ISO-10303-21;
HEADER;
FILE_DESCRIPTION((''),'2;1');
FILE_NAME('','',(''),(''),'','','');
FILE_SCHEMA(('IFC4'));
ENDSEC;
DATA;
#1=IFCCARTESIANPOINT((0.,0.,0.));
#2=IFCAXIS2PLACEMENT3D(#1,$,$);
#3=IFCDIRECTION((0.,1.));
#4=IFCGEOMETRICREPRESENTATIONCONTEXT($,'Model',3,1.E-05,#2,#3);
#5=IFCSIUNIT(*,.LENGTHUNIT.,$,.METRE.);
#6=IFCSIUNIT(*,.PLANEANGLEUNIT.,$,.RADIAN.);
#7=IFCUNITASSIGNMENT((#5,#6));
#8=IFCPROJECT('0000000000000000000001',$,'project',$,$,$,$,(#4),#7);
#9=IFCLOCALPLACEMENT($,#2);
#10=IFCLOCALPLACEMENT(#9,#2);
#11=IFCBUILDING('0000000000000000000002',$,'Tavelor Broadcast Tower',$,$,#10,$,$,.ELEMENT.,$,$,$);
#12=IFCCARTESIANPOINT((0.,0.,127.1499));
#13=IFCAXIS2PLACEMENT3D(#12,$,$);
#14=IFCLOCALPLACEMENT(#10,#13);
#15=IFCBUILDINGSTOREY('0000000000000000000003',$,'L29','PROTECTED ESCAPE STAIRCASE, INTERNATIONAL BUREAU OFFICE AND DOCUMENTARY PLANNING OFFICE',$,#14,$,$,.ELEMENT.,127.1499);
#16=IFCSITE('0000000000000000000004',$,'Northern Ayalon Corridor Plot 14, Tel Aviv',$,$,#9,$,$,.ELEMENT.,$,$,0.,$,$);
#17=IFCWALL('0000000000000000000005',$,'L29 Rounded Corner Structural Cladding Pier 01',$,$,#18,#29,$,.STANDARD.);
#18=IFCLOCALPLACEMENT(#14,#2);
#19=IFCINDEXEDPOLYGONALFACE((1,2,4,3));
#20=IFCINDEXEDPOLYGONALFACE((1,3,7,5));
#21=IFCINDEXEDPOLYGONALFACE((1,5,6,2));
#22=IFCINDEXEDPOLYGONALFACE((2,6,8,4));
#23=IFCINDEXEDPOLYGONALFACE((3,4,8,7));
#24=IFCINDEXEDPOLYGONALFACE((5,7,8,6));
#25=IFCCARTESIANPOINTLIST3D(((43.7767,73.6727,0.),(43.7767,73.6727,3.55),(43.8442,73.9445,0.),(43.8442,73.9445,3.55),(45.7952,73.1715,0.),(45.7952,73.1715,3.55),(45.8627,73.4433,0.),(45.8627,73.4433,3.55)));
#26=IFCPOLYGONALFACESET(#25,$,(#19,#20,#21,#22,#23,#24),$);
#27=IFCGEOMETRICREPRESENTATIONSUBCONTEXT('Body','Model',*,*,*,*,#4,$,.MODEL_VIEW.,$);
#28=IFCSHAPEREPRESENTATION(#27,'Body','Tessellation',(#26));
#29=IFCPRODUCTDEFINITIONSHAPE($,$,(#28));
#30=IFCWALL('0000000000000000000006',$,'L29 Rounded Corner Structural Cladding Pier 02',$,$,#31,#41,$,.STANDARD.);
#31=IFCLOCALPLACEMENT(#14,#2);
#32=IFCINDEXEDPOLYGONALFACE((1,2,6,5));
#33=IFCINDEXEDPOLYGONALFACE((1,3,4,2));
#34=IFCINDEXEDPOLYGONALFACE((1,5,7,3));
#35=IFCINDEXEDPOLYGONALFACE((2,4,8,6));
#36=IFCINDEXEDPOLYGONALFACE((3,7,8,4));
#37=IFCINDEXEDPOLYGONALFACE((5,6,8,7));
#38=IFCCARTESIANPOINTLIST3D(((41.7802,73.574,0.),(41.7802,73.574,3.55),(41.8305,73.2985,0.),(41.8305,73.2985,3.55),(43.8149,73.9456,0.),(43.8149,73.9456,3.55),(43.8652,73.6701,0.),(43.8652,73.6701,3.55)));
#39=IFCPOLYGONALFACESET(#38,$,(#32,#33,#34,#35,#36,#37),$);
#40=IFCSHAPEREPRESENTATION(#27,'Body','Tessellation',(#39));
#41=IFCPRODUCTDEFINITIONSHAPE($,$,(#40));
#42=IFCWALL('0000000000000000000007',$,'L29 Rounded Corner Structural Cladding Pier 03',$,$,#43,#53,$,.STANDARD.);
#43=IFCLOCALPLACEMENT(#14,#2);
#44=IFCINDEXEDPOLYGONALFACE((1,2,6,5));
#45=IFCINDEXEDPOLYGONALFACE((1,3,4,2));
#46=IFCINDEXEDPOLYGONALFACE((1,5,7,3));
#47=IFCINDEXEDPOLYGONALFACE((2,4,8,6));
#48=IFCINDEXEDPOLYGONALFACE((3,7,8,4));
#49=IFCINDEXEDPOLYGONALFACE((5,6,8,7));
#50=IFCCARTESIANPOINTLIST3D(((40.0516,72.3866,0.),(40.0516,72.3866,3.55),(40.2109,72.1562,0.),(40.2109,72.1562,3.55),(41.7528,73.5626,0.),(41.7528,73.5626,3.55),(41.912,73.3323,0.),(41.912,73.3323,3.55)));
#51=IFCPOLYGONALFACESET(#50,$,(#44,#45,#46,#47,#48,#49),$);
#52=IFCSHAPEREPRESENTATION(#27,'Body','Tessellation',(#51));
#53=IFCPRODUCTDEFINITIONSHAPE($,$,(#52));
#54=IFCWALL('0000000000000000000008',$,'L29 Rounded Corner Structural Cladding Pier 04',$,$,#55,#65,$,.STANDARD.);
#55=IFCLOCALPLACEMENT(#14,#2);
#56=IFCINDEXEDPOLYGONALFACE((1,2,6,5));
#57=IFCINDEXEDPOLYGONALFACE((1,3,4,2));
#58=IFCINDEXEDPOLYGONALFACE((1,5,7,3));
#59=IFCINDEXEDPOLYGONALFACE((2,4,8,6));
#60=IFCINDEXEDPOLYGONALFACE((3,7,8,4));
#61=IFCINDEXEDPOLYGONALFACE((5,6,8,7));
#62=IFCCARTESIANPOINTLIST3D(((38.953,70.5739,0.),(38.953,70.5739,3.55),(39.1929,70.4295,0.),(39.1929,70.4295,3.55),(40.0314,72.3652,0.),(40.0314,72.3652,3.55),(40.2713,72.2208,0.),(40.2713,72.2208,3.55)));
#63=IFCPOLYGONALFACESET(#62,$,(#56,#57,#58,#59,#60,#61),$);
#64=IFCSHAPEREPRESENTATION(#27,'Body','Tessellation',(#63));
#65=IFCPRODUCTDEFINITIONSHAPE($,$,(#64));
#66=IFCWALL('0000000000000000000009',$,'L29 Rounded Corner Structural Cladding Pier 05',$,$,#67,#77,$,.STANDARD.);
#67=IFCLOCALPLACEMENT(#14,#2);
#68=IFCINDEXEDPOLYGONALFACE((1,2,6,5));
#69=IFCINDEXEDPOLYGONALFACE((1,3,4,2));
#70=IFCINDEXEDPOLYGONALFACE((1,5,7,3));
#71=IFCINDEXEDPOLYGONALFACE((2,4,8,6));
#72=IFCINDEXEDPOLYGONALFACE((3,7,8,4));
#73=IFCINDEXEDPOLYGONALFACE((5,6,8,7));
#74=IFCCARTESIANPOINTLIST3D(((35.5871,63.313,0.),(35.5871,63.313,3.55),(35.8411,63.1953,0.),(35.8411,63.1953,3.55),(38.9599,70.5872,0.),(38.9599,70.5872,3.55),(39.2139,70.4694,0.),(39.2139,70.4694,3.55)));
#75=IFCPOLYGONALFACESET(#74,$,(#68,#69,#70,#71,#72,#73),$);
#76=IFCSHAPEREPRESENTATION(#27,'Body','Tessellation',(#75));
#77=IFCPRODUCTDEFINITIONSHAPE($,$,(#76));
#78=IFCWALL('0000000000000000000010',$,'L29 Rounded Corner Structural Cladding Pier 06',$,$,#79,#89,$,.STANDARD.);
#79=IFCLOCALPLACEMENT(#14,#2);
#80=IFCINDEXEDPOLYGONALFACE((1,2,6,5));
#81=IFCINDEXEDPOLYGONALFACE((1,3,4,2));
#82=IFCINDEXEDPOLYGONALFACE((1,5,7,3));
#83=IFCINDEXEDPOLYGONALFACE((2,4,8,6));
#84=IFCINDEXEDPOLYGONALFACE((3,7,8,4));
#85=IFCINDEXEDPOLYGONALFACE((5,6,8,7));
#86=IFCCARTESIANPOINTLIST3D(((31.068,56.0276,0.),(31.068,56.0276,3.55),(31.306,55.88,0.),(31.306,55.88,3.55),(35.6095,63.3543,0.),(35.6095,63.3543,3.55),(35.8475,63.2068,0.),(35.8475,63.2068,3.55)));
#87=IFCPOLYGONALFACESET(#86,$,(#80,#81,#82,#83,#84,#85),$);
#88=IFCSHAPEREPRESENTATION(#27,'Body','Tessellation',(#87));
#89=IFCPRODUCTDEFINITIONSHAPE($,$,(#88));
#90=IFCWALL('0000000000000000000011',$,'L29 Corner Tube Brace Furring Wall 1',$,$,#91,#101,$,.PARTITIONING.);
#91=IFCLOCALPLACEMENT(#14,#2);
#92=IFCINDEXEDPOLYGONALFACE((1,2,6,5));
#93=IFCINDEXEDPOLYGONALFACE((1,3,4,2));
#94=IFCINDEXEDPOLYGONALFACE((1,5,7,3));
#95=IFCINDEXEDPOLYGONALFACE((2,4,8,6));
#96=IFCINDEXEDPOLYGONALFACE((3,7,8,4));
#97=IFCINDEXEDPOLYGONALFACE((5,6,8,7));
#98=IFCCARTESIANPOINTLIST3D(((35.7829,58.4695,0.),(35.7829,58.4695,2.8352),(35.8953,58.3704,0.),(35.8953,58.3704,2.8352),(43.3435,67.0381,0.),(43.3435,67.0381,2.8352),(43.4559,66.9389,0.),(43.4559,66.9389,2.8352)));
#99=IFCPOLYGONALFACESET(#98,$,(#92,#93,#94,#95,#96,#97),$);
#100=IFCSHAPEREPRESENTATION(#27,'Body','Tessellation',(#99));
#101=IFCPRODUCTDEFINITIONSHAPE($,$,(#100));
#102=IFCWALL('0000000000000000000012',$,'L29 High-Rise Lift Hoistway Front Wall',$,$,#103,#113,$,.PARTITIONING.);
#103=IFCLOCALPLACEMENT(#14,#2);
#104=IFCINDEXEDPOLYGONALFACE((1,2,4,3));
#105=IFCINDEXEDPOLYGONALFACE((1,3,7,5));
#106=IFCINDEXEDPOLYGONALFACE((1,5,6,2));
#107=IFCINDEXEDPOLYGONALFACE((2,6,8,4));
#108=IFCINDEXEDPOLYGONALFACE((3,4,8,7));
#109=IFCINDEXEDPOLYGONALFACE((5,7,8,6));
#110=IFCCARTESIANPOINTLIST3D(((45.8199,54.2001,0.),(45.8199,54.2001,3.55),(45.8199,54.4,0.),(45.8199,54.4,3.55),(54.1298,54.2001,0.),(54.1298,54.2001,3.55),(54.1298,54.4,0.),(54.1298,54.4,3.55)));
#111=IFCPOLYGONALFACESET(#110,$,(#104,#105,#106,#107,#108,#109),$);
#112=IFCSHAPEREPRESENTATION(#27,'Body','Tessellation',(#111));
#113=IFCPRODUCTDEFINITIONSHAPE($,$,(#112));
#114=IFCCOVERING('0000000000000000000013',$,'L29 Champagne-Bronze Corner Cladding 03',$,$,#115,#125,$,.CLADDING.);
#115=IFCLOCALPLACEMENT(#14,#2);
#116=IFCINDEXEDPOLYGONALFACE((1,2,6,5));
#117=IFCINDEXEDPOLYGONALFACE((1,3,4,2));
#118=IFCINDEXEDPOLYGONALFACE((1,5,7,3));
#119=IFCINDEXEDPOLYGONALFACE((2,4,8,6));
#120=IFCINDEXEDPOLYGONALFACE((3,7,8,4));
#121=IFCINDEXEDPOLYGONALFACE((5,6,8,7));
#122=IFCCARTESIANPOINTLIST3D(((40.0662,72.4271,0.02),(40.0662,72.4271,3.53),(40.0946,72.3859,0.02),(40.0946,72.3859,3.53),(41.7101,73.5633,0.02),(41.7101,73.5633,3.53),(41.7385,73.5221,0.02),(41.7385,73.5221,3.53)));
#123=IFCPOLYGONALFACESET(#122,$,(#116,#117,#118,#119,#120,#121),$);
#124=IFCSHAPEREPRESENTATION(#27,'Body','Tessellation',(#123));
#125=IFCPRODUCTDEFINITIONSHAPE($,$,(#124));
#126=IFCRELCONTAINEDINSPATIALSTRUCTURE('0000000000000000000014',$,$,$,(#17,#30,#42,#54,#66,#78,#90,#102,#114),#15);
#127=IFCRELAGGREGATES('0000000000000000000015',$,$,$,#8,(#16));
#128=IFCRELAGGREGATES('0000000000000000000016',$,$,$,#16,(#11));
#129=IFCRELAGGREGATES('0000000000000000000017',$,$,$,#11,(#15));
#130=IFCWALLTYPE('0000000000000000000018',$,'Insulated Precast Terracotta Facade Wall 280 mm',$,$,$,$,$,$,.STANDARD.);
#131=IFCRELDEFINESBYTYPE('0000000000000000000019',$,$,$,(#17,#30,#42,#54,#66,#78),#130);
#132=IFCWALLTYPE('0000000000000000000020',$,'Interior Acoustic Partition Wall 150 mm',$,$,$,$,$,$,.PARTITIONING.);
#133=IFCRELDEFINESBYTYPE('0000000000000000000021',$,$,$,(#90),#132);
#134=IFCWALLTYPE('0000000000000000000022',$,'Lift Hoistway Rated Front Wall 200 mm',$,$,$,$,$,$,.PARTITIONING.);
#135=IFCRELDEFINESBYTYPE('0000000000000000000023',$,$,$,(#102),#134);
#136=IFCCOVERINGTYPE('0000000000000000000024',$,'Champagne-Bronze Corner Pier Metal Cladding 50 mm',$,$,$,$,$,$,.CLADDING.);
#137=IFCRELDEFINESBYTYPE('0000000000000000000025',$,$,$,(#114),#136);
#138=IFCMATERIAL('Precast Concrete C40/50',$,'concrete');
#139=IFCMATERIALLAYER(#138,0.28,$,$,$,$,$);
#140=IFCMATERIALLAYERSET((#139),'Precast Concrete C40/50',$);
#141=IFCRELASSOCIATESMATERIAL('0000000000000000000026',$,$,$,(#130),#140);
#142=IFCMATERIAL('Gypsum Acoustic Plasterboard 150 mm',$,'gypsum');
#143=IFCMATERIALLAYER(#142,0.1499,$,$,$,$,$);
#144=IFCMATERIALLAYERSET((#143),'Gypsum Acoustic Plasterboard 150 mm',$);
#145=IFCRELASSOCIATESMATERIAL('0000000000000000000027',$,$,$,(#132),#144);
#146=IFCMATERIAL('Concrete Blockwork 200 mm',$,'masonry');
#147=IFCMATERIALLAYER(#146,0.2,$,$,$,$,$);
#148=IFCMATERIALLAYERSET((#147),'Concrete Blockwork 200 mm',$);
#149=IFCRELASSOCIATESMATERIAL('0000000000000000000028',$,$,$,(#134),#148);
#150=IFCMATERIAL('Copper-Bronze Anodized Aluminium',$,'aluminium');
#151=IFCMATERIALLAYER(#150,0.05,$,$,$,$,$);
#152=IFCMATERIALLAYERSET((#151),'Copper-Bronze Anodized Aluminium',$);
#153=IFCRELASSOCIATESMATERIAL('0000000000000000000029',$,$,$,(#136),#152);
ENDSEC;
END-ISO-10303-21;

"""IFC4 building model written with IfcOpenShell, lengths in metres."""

from ifc_helpers import new_model, si_unit, direction, frame, frame_2d, origin, origin_2d, place, context, subcontext, project, spatial, rectangle, extrude, material, layer, layer_set, type_object, element, save


model = new_model("IFC4")

# Units and contexts
model_context = context("Model", 3, precision=1e-05, world=origin(), true_north=direction((0.0, 1.0)))
body_context = subcontext(model_context, "Body", "Model", "MODEL_VIEW")
ifc_project = project(units=[si_unit("LENGTHUNIT", "METRE"), si_unit("PLANEANGLEUNIT", "RADIAN")], contexts=[model_context])

# Site, building, storey
site_placement = place(None, origin())
site = spatial("IfcSite", under=ifc_project, at=site_placement, Name="Northern Ayalon Corridor Plot 14, Tel Aviv", CompositionType="ELEMENT", RefElevation=0.0)
building_placement = place(site_placement, origin())
building = spatial("IfcBuilding", under=site, at=building_placement, Name="Tavelor Broadcast Tower", CompositionType="ELEMENT")
storey_placement = place(building_placement, frame((0.0, 0.0, 127.1499)))
storey = spatial("IfcBuildingStorey", under=building, at=storey_placement, Name="L29", Description="PROTECTED ESCAPE STAIRCASE, INTERNATIONAL BUREAU OFFICE AND DOCUMENTARY PLANNING OFFICE", CompositionType="ELEMENT", Elevation=127.1499)

# Walls
ifc_material_1 = material(Name="Precast Concrete C40/50", Category="concrete")
ifc_layer_1 = layer(ifc_material_1, 0.28)
ifc_layer_set_1 = layer_set([ifc_layer_1], Name="Precast Concrete C40/50")
wall_type_1 = type_object("IfcWallType", Name="Insulated Precast Terracotta Facade Wall 280 mm", PredefinedType="STANDARD", material=ifc_layer_set_1)
wall_1_placement = place(storey_placement, frame((45.8291, 73.3074, 0.0), z_axis=(0.0, 0.0, 1.0), x_axis=(-0.970528, 0.240989, 0.0)))
element("IfcWall", 1, at=wall_1_placement, inside=storey, type_object=wall_type_1, Name="L29 Rounded Corner Structural Cladding Pier 01", PredefinedType="STANDARD", context=body_context, shape_type="SweptSolid", body=[
    extrude(rectangle(XDim=2.0798, YDim=0.28, at=frame_2d((1.04, 0.0))), origin(), (0.0, 0.0, 1.0), 3.55),
])
wall_2_placement = place(storey_placement, frame((43.8401, 73.8079, 0.0), z_axis=(0.0, 0.0, 1.0), x_axis=(-0.98373, -0.179654, 0.0)))
element("IfcWall", 2, at=wall_2_placement, inside=storey, type_object=wall_type_1, Name="L29 Rounded Corner Structural Cladding Pier 02", PredefinedType="STANDARD", context=body_context, shape_type="SweptSolid", body=[
    extrude(rectangle(XDim=2.0684, YDim=0.28, at=frame_2d((1.0342, 0.0))), origin(), (0.0, 0.0, 1.0), 3.55),
])
wall_3_placement = place(storey_placement, frame((41.8325, 73.4475, 0.0), z_axis=(0.0, 0.0, 1.0), x_axis=(-0.822579, -0.568651, 0.0)))
element("IfcWall", 3, at=wall_3_placement, inside=storey, type_object=wall_type_1, Name="L29 Rounded Corner Structural Cladding Pier 03", PredefinedType="STANDARD", context=body_context, shape_type="SweptSolid", body=[
    extrude(rectangle(XDim=2.0681, YDim=0.28, at=frame_2d((1.0342, 0.0))), origin(), (0.0, 0.0, 1.0), 3.55),
])
wall_4_placement = place(storey_placement, frame((40.1514, 72.293, 0.0), z_axis=(0.0, 0.0, 1.0), x_axis=(-0.515766, -0.85673, 0.0)))
element("IfcWall", 4, at=wall_4_placement, inside=storey, type_object=wall_type_1, Name="L29 Rounded Corner Structural Cladding Pier 04", PredefinedType="STANDARD", context=body_context, shape_type="SweptSolid", body=[
    extrude(rectangle(XDim=2.0908, YDim=0.28, at=frame_2d((1.0454, 0.0))), origin(), (0.0, 0.0, 1.0), 3.55),
])
wall_5_placement = place(storey_placement, frame((39.0869, 70.5283, 0.0), z_axis=(0.0, 0.0, 1.0), x_axis=(-0.420651, -0.907223, 0.0)))
element("IfcWall", 5, at=wall_5_placement, inside=storey, type_object=wall_type_1, Name="L29 Rounded Corner Structural Cladding Pier 05", PredefinedType="STANDARD", context=body_context, shape_type="SweptSolid", body=[
    extrude(rectangle(XDim=8.0181, YDim=0.28, at=frame_2d((4.009, 0.0))), origin(), (0.0, 0.0, 1.0), 3.55),
])
wall_6_placement = place(storey_placement, frame((35.7285, 63.2805, 0.0), z_axis=(0.0, 0.0, 1.0), x_axis=(-0.526854, -0.849956, 0.0)))
element("IfcWall", 6, at=wall_6_placement, inside=storey, type_object=wall_type_1, Name="L29 Rounded Corner Structural Cladding Pier 06", PredefinedType="STANDARD", context=body_context, shape_type="SweptSolid", body=[
    extrude(rectangle(XDim=8.6201, YDim=0.28, at=frame_2d((4.3101, 0.0))), origin(), (0.0, 0.0, 1.0), 3.55),
])
ifc_material_2 = material(Name="Gypsum Acoustic Plasterboard 150 mm", Category="gypsum")
ifc_layer_2 = layer(ifc_material_2, 0.1499)
ifc_layer_set_2 = layer_set([ifc_layer_2], Name="Gypsum Acoustic Plasterboard 150 mm")
wall_type_2 = type_object("IfcWallType", Name="Interior Acoustic Partition Wall 150 mm", PredefinedType="PARTITIONING", material=ifc_layer_set_2)
wall_7_placement = place(storey_placement, frame((43.3997, 66.9885, 0.0), z_axis=(0.0, 0.0, 1.0), x_axis=(-0.661622, -0.749837, 0.0)))
element("IfcWall", 7, at=wall_7_placement, inside=storey, type_object=wall_type_2, Name="L29 Corner Tube Brace Furring Wall 1", PredefinedType="PARTITIONING", context=body_context, shape_type="SweptSolid", body=[
    extrude(rectangle(XDim=11.4272, YDim=0.1499, at=frame_2d((5.7136, 0.0))), origin(), (0.0, 0.0, 1.0), 2.8352),
])
ifc_material_3 = material(Name="Concrete Blockwork 200 mm", Category="masonry")
ifc_layer_3 = layer(ifc_material_3, 0.2)
ifc_layer_set_3 = layer_set([ifc_layer_3], Name="Concrete Blockwork 200 mm")
wall_type_3 = type_object("IfcWallType", Name="Lift Hoistway Rated Front Wall 200 mm", PredefinedType="PARTITIONING", material=ifc_layer_set_3)
wall_8_placement = place(storey_placement, frame((45.8201, 54.3, 0.0), z_axis=(0.0, 0.0, 1.0), x_axis=(1.0, 0.0, 0.0)))
element("IfcWall", 8, at=wall_8_placement, inside=storey, type_object=wall_type_3, Name="L29 High-Rise Lift Hoistway Front Wall", PredefinedType="PARTITIONING", context=body_context, shape_type="SweptSolid", body=[
    extrude(rectangle(XDim=8.3098, YDim=0.2, at=frame_2d((4.1548, 0.0))), origin(), (0.0, 0.0, 1.0), 3.55),
])

# Covering
ifc_material_4 = material(Name="Copper-Bronze Anodized Aluminium", Category="aluminium")
ifc_layer_4 = layer(ifc_material_4, 0.05)
ifc_layer_set_4 = layer_set([ifc_layer_4], Name="Copper-Bronze Anodized Aluminium")
covering_type = type_object("IfcCoveringType", Name="Champagne-Bronze Corner Pier Metal Cladding 50 mm", PredefinedType="CLADDING", material=ifc_layer_set_4)
covering_placement = place(storey_placement, frame((40.9023, 72.9746, 0.02), z_axis=(0.0, 0.0, 1.0), x_axis=(-0.822641, -0.568562, 0.0)))
element("IfcCovering", 9, at=covering_placement, inside=storey, type_object=covering_type, Name="L29 Champagne-Bronze Corner Cladding 03", PredefinedType="CLADDING", context=body_context, shape_type="SweptSolid", body=[
    extrude(rectangle(XDim=1.9983, YDim=0.05, at=origin_2d()), origin(), (0.0, 0.0, 1.0), 3.51),
])

save(model, "model.ifc")
